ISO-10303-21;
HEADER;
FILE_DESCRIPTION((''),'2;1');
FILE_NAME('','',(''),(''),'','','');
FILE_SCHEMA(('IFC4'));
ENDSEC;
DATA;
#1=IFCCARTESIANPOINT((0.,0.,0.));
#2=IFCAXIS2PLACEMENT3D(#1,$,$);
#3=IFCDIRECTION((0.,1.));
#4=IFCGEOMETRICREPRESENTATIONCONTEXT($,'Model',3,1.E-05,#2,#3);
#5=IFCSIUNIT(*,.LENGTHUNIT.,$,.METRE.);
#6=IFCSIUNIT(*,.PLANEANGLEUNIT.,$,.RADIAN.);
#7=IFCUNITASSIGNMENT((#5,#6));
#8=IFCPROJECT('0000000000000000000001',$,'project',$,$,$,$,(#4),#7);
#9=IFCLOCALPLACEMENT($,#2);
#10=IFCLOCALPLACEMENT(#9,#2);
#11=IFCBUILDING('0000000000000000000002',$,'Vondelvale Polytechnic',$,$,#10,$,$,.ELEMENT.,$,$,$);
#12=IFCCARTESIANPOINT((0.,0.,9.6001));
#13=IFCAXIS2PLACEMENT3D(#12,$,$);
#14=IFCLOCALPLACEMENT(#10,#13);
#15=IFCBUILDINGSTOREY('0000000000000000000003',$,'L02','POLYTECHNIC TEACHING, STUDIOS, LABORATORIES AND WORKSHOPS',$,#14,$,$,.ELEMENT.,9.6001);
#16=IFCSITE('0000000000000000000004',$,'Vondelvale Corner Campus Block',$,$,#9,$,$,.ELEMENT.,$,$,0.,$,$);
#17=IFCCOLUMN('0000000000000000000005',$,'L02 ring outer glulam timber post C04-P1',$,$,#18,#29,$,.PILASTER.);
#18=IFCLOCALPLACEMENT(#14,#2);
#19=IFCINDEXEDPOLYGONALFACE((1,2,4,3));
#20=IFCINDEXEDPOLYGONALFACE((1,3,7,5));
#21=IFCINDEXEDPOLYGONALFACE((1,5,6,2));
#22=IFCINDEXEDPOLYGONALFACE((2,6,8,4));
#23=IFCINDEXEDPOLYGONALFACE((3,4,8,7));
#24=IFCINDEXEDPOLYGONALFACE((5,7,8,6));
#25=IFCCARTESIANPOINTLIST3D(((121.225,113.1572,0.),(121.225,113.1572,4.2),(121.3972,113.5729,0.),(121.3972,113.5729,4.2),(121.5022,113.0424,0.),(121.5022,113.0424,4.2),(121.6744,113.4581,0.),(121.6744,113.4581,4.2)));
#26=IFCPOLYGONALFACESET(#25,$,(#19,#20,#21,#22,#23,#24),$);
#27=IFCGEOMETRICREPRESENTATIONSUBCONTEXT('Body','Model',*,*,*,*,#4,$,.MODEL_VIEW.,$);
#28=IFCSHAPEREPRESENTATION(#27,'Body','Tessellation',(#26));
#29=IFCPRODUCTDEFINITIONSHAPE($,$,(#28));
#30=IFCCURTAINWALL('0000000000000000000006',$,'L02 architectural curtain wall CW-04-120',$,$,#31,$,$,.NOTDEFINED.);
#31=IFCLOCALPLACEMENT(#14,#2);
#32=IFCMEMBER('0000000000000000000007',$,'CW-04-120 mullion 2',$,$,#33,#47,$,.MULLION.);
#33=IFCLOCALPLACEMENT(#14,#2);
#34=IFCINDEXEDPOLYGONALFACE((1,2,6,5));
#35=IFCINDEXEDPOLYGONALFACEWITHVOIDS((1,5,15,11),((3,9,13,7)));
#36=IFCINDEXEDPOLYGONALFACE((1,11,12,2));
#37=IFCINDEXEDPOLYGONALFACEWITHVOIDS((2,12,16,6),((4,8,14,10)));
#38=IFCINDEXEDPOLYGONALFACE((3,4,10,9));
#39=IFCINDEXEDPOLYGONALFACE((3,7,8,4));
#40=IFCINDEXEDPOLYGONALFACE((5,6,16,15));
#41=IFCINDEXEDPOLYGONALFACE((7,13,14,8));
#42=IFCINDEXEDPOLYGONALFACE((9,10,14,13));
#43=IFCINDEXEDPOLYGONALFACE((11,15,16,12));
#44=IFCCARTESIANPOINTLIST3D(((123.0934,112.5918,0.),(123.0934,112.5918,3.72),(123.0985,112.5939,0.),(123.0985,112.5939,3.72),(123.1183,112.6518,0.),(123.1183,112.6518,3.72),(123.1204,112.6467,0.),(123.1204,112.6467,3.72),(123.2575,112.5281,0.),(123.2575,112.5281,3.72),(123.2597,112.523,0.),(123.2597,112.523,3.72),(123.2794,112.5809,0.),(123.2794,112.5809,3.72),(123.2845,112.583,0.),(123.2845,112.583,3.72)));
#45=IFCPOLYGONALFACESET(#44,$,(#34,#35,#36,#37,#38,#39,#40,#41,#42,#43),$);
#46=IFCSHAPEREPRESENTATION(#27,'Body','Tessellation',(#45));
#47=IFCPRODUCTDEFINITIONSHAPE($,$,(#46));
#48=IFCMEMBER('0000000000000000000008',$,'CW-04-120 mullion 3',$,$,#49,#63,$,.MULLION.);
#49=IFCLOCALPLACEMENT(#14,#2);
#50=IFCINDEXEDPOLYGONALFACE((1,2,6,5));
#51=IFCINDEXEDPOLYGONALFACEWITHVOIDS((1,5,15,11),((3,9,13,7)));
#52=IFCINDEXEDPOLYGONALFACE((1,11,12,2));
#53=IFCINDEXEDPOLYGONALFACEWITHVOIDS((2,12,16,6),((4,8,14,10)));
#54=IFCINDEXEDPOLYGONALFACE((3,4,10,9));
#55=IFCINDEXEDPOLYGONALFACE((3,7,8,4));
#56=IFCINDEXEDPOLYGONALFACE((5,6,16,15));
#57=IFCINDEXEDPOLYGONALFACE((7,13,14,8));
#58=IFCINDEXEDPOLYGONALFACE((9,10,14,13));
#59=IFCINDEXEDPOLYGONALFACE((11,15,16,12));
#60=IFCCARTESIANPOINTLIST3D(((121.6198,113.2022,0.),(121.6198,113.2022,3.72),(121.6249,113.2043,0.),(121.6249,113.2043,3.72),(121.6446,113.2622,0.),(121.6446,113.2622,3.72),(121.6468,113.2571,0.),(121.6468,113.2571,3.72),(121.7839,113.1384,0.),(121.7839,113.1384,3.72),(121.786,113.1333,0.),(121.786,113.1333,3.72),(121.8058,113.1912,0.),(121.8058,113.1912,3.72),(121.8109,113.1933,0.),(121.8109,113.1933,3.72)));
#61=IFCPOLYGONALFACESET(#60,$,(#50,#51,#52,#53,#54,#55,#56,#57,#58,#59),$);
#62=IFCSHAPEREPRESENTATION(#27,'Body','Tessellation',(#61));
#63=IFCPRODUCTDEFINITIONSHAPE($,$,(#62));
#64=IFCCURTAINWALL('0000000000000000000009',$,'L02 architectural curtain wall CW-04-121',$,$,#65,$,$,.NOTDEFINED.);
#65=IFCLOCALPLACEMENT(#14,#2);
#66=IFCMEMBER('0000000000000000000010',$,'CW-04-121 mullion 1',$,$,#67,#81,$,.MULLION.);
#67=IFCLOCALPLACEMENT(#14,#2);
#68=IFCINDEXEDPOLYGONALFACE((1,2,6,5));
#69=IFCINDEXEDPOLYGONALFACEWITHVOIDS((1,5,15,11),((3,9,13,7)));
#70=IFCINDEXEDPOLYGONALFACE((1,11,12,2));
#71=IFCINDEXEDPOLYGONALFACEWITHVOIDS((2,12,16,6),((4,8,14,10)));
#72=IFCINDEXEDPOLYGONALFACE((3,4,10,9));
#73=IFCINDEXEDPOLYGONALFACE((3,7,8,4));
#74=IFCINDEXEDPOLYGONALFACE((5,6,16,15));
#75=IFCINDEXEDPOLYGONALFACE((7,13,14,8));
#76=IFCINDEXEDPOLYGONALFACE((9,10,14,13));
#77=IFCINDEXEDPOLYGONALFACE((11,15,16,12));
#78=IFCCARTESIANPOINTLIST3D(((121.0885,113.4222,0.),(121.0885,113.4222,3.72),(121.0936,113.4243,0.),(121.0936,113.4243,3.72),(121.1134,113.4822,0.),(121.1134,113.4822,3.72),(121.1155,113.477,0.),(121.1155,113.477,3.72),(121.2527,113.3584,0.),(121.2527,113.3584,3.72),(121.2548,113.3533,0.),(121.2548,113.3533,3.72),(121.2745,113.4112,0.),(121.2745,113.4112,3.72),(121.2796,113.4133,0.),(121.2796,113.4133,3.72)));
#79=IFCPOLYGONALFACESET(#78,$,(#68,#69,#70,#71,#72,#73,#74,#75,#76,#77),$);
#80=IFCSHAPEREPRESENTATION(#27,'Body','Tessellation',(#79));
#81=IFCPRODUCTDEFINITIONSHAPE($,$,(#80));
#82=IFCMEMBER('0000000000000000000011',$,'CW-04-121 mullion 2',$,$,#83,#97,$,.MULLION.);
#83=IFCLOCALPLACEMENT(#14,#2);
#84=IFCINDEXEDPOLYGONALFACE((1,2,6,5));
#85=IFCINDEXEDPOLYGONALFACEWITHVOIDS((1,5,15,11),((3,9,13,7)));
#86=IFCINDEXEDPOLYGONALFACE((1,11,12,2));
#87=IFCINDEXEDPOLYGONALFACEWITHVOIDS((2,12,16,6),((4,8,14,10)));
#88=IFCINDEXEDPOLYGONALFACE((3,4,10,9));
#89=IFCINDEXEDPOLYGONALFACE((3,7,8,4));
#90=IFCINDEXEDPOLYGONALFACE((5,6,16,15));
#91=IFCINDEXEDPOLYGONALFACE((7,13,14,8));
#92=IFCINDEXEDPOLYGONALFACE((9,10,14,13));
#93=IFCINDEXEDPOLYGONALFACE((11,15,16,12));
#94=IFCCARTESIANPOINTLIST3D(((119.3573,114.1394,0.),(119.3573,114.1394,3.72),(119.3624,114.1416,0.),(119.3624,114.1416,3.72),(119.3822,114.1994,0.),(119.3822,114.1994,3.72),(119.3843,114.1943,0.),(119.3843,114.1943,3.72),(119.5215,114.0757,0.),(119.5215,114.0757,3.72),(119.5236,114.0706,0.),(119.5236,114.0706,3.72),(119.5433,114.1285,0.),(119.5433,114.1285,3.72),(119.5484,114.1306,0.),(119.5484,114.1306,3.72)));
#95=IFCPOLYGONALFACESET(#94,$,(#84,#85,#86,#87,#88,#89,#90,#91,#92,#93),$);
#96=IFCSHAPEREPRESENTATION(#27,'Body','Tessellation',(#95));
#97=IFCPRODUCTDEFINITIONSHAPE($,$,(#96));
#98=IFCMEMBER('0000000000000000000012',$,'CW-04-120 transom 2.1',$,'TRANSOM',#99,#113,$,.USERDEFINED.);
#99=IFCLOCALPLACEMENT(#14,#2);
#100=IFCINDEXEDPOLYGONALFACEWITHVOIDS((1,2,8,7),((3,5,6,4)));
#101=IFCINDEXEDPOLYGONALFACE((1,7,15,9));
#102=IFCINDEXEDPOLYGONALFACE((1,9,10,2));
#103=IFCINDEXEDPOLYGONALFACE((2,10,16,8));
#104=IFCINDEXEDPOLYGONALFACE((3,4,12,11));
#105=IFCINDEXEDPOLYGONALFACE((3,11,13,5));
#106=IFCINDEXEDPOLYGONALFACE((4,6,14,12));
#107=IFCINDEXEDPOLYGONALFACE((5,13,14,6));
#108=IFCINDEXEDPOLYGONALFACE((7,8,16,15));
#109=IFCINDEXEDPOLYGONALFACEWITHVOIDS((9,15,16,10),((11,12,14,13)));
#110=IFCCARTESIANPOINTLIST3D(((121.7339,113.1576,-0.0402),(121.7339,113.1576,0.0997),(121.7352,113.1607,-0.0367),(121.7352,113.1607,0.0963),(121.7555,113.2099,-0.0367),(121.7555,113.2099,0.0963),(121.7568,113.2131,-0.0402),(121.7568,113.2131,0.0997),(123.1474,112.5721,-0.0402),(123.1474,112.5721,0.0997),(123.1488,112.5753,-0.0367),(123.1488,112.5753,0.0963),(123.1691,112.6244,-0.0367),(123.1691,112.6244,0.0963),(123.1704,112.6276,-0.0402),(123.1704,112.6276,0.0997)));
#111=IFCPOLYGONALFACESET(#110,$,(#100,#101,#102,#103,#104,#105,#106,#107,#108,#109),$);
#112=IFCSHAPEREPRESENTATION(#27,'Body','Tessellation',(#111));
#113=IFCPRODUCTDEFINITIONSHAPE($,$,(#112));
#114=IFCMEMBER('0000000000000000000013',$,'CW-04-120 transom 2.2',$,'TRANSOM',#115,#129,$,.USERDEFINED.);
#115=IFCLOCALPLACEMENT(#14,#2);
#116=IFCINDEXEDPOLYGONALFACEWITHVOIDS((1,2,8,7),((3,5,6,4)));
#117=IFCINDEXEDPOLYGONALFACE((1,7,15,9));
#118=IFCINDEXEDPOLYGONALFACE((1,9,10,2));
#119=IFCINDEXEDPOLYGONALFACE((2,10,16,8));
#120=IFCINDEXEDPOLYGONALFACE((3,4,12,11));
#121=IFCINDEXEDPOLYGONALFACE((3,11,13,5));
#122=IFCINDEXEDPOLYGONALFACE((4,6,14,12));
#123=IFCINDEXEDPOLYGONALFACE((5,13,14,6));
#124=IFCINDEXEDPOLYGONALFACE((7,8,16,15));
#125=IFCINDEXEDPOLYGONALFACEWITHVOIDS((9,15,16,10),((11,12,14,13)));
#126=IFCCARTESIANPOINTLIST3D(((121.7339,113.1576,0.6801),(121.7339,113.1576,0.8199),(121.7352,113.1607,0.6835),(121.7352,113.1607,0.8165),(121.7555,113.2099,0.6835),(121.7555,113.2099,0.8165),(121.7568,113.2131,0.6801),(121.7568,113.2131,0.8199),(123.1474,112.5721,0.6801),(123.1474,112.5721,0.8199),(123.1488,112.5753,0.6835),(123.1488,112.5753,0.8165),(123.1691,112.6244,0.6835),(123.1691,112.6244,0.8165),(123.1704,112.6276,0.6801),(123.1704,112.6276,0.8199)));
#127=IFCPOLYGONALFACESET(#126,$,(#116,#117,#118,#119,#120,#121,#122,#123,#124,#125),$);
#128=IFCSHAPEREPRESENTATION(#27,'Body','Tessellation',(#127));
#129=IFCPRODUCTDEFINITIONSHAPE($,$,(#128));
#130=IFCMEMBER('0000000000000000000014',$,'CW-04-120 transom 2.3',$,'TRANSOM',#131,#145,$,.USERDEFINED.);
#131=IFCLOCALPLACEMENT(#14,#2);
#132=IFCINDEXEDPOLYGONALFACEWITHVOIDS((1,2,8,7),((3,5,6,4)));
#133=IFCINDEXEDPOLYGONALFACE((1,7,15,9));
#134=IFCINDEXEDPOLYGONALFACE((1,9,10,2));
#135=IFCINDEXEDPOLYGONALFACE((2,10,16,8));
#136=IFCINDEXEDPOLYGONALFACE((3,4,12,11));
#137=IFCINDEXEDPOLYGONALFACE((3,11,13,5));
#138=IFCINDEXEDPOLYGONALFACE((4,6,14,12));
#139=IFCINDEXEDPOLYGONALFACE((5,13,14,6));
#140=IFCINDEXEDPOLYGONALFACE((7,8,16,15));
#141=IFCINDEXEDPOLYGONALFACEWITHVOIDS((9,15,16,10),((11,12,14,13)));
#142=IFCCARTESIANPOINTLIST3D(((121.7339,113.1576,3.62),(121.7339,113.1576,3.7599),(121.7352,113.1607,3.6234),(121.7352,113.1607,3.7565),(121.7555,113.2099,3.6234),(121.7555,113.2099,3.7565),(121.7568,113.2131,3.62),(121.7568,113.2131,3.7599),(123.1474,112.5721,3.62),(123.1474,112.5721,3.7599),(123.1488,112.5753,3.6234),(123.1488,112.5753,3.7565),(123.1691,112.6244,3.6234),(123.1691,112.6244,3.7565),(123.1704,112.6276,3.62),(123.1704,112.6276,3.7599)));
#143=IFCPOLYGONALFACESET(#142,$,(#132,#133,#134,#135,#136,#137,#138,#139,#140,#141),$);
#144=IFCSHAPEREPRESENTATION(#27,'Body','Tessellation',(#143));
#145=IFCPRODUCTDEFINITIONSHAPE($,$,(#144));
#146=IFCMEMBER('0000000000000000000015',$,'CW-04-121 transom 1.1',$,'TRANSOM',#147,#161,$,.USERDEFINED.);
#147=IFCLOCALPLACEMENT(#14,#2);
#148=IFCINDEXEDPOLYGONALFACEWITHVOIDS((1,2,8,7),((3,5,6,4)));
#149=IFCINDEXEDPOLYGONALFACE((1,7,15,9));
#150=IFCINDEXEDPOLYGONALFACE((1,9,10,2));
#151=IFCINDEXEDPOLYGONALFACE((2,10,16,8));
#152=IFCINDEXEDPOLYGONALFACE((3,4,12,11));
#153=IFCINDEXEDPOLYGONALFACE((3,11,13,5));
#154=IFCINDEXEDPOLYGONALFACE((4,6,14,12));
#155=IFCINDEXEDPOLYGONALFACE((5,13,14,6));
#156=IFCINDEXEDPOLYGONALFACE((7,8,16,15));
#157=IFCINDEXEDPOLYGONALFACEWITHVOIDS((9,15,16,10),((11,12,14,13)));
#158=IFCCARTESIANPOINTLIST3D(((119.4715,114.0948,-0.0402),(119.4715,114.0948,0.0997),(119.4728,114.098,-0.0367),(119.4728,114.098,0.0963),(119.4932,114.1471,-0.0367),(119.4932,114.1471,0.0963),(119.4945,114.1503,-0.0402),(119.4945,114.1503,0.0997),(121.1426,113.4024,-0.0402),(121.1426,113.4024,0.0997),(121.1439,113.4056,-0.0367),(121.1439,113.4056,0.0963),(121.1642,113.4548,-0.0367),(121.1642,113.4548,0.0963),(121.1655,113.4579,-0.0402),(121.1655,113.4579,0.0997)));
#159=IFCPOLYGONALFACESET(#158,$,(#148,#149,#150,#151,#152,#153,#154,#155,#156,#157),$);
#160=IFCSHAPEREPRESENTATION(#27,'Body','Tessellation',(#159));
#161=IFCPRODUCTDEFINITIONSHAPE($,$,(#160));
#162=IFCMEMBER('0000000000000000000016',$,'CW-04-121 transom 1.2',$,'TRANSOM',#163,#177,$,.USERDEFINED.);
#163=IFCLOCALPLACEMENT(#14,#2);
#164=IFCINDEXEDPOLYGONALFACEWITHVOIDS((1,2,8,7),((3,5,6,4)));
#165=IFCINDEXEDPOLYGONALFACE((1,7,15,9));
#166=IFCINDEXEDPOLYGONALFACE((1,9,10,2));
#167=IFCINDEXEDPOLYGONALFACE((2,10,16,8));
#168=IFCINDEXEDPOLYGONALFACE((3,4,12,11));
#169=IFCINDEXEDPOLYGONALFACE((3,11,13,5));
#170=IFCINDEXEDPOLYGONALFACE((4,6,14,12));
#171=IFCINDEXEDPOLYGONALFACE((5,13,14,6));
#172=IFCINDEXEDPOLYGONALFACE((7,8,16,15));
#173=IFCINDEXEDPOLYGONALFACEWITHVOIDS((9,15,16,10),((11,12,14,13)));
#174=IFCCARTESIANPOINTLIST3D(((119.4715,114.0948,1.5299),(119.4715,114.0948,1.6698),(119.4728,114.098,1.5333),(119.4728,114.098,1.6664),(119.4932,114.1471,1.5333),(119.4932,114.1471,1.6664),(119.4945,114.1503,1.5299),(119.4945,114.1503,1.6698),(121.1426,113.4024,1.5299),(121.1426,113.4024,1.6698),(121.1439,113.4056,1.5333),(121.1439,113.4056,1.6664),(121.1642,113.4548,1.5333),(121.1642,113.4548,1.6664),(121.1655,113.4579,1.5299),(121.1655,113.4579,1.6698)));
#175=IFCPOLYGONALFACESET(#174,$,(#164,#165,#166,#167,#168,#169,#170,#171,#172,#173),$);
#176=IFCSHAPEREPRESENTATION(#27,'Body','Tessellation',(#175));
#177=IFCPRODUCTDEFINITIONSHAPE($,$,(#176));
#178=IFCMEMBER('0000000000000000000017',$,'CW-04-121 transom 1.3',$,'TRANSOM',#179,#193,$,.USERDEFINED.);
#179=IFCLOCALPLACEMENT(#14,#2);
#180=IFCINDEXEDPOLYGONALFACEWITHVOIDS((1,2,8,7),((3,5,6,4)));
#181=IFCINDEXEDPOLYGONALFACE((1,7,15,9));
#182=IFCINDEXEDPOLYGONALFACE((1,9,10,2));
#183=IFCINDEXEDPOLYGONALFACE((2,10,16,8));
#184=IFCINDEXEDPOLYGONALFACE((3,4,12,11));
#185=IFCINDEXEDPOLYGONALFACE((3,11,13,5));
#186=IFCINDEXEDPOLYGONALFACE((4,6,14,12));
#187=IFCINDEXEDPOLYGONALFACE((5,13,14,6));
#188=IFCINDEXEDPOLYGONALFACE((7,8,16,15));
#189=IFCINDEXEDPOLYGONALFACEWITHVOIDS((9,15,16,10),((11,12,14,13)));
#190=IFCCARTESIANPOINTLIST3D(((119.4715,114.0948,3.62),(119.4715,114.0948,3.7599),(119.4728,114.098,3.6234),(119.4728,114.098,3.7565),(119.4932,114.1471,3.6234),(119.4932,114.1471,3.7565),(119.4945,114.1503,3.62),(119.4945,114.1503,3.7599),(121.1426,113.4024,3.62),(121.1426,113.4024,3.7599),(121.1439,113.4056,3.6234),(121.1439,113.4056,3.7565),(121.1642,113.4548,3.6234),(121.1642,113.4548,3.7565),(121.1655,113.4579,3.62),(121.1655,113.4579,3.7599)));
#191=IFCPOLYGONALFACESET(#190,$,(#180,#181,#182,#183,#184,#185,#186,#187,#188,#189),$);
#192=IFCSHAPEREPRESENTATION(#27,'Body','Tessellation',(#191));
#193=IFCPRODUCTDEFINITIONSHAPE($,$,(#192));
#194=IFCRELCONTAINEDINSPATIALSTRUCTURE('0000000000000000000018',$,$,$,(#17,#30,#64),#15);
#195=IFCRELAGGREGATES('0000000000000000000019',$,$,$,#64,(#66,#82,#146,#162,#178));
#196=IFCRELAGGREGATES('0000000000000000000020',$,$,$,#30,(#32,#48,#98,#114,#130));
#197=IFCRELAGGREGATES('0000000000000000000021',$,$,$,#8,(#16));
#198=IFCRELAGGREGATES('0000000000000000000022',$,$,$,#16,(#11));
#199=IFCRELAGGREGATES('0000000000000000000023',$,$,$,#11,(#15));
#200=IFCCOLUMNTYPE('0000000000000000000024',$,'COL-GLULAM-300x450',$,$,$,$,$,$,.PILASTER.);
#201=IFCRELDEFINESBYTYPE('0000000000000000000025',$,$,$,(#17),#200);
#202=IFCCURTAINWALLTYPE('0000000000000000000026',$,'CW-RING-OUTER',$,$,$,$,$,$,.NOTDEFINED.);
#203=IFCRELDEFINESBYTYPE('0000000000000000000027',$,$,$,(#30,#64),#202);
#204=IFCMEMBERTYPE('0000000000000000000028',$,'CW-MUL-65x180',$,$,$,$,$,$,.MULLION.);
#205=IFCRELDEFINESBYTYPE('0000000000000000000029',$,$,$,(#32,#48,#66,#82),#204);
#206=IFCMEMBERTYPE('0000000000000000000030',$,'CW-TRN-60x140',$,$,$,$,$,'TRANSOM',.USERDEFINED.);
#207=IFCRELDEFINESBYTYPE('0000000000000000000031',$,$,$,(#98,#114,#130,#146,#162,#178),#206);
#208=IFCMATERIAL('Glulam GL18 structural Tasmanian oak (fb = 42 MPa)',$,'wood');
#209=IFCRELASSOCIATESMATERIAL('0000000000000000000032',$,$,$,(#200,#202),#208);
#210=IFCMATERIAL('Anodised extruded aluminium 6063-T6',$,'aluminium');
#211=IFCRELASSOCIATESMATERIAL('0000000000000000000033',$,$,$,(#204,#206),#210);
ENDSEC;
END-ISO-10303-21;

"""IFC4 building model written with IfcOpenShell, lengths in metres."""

from ifc_helpers import new_model, si_unit, direction, frame, origin, origin_2d, place, context, subcontext, project, spatial, rectangle, hollow_rectangle, extrude, material, material_profile, profile_set, type_object, element, aggregate, save


model = new_model("IFC4")

# Units and contexts
model_context = context("Model", 3, precision=1e-05, world=origin(), true_north=direction((0.0, 1.0)))
body_context = subcontext(model_context, "Body", "Model", "MODEL_VIEW")
ifc_project = project(units=[si_unit("LENGTHUNIT", "METRE"), si_unit("PLANEANGLEUNIT", "RADIAN")], contexts=[model_context])

# Site, building, storey
site_placement = place(None, origin())
site = spatial("IfcSite", under=ifc_project, at=site_placement, Name="Vondelvale Corner Campus Block", CompositionType="ELEMENT", RefElevation=0.0)
building_placement = place(site_placement, origin())
building = spatial("IfcBuilding", under=site, at=building_placement, Name="Vondelvale Polytechnic", CompositionType="ELEMENT")
storey_placement = place(building_placement, frame((0.0, 0.0, 9.6001)))
storey = spatial("IfcBuildingStorey", under=building, at=storey_placement, Name="L02", Description="POLYTECHNIC TEACHING, STUDIOS, LABORATORIES AND WORKSHOPS", CompositionType="ELEMENT", Elevation=9.6001)

# Column
ifc_material_1 = material(Name="Glulam GL18 structural Tasmanian oak (fb = 42 MPa)", Category="wood")
ifc_material_profile_1 = material_profile(ifc_material_1, rectangle(XDim=0.3, YDim=0.45, at=origin_2d()), Name="GL-POST-300x450")
ifc_profile_set_1 = profile_set([ifc_material_profile_1], Name="Glulam GL18 structural Tasmanian oak (fb = 42 MPa)")
column_type = type_object("IfcColumnType", Name="COL-GLULAM-300x450", PredefinedType="PILASTER", material=ifc_profile_set_1)
column_placement = place(storey_placement, frame((121.4497, 113.3076, 0.0), z_axis=(0.0, 0.0, 1.0), x_axis=(-0.92388, 0.382683, 0.0)))
element("IfcColumn", 1, at=column_placement, inside=storey, type_object=column_type, Name="L02 ring outer glulam timber post C04-P1", PredefinedType="PILASTER", context=body_context, shape_type="SweptSolid", body=[
    extrude(rectangle(XDim=0.3, YDim=0.45, at=origin_2d()), origin(), (0.0, 0.0, 1.0), 4.2),
])

# Curtain walls, members
curtain_wall_type = type_object("IfcCurtainWallType", Name="CW-RING-OUTER", PredefinedType="NOTDEFINED", material=ifc_material_1)
curtain_wall_1_placement = place(storey_placement, origin())
curtain_wall_1 = element("IfcCurtainWall", 2, at=curtain_wall_1_placement, inside=storey, type_object=curtain_wall_type, Name="L02 architectural curtain wall CW-04-120", PredefinedType="NOTDEFINED")
ifc_material_2 = material(Name="Anodised extruded aluminium 6063-T6", Category="aluminium")
ifc_material_profile_2 = material_profile(ifc_material_2, hollow_rectangle(XDim=0.0649, YDim=0.1799, WallThickness=0.0039, at=origin_2d()), Name="CW-MUL-180x65")
ifc_profile_set_2 = profile_set([ifc_material_profile_2], Name="Anodised extruded aluminium 6063-T6")
member_type_1 = type_object("IfcMemberType", Name="CW-MUL-65x180", PredefinedType="MULLION", material=ifc_profile_set_2)
member_1_placement = place(storey_placement, frame((123.189, 112.5874, 0.0), z_axis=(0.0, 0.0, 1.0), x_axis=(-0.382677, -0.923882, 0.0)))
member_1 = element("IfcMember", 3, at=member_1_placement, type_object=member_type_1, Name="CW-04-120 mullion 2", PredefinedType="MULLION", context=body_context, shape_type="SweptSolid", body=[
    extrude(hollow_rectangle(XDim=0.0649, YDim=0.1799, WallThickness=0.0039, at=origin_2d()), origin(), (0.0, 0.0, 1.0), 3.72),
])
member_2_placement = place(storey_placement, frame((121.7153, 113.1978, 0.0), z_axis=(0.0, 0.0, 1.0), x_axis=(-0.382677, -0.923882, 0.0)))
member_2 = element("IfcMember", 4, at=member_2_placement, type_object=member_type_1, Name="CW-04-120 mullion 3", PredefinedType="MULLION", context=body_context, shape_type="SweptSolid", body=[
    extrude(hollow_rectangle(XDim=0.0649, YDim=0.1799, WallThickness=0.0039, at=origin_2d()), origin(), (0.0, 0.0, 1.0), 3.72),
])
curtain_wall_2_placement = place(storey_placement, origin())
curtain_wall_2 = element("IfcCurtainWall", 5, at=curtain_wall_2_placement, inside=storey, type_object=curtain_wall_type, Name="L02 architectural curtain wall CW-04-121", PredefinedType="NOTDEFINED")
member_3_placement = place(storey_placement, frame((121.1841, 113.4177, 0.0), z_axis=(0.0, 0.0, 1.0), x_axis=(-0.382695, -0.923875, 0.0)))
member_3 = element("IfcMember", 6, at=member_3_placement, type_object=member_type_1, Name="CW-04-121 mullion 1", PredefinedType="MULLION", context=body_context, shape_type="SweptSolid", body=[
    extrude(hollow_rectangle(XDim=0.0649, YDim=0.1799, WallThickness=0.0039, at=origin_2d()), origin(), (0.0, 0.0, 1.0), 3.72),
])
member_4_placement = place(storey_placement, frame((119.4529, 114.135, 0.0), z_axis=(0.0, 0.0, 1.0), x_axis=(-0.382695, -0.923875, 0.0)))
member_4 = element("IfcMember", 7, at=member_4_placement, type_object=member_type_1, Name="CW-04-121 mullion 2", PredefinedType="MULLION", context=body_context, shape_type="SweptSolid", body=[
    extrude(hollow_rectangle(XDim=0.0649, YDim=0.1799, WallThickness=0.0039, at=origin_2d()), origin(), (0.0, 0.0, 1.0), 3.72),
])

# Members
ifc_material_profile_3 = material_profile(ifc_material_2, hollow_rectangle(XDim=0.0601, YDim=0.1399, WallThickness=0.0034, at=origin_2d()), Name="CW-TRN-140x60")
ifc_profile_set_3 = profile_set([ifc_material_profile_3], Name="Anodised extruded aluminium 6063-T6")
member_type_2 = type_object("IfcMemberType", Name="CW-TRN-60x140", ElementType="TRANSOM", PredefinedType="USERDEFINED", material=ifc_profile_set_3)
member_5_placement = place(storey_placement, frame((123.1589, 112.5999, 0.0298), z_axis=(-0.923896, 0.382643, 0.0), x_axis=(-0.382643, -0.923896, 0.0)))
member_5 = element("IfcMember", 8, at=member_5_placement, type_object=member_type_2, Name="CW-04-120 transom 2.1", ObjectType="TRANSOM", PredefinedType="USERDEFINED", context=body_context, shape_type="SweptSolid", body=[
    extrude(hollow_rectangle(XDim=0.0601, YDim=0.1399, WallThickness=0.0034, at=origin_2d()), origin(), (0.0, 0.0, 1.0), 1.53),
])
member_6_placement = place(storey_placement, frame((123.1589, 112.5999, 0.75), z_axis=(-0.923896, 0.382643, 0.0), x_axis=(-0.382643, -0.923896, 0.0)))
member_6 = element("IfcMember", 9, at=member_6_placement, type_object=member_type_2, Name="CW-04-120 transom 2.2", ObjectType="TRANSOM", PredefinedType="USERDEFINED", context=body_context, shape_type="SweptSolid", body=[
    extrude(hollow_rectangle(XDim=0.0601, YDim=0.1399, WallThickness=0.0034, at=origin_2d()), origin(), (0.0, 0.0, 1.0), 1.53),
])
member_7_placement = place(storey_placement, frame((123.1589, 112.5999, 3.6899), z_axis=(-0.923896, 0.382643, 0.0), x_axis=(-0.382643, -0.923896, 0.0)))
member_7 = element("IfcMember", 10, at=member_7_placement, type_object=member_type_2, Name="CW-04-120 transom 2.3", ObjectType="TRANSOM", PredefinedType="USERDEFINED", context=body_context, shape_type="SweptSolid", body=[
    extrude(hollow_rectangle(XDim=0.0601, YDim=0.1399, WallThickness=0.0034, at=origin_2d()), origin(), (0.0, 0.0, 1.0), 1.53),
])
member_8_placement = place(storey_placement, frame((121.1541, 113.4302, 0.0298), z_axis=(-0.923846, 0.382765, 0.0), x_axis=(-0.382765, -0.923846, 0.0)))
member_8 = element("IfcMember", 11, at=member_8_placement, type_object=member_type_2, Name="CW-04-121 transom 1.1", ObjectType="TRANSOM", PredefinedType="USERDEFINED", context=body_context, shape_type="SweptSolid", body=[
    extrude(hollow_rectangle(XDim=0.0601, YDim=0.1399, WallThickness=0.0034, at=origin_2d()), origin(), (0.0, 0.0, 1.0), 1.8088),
])
member_9_placement = place(storey_placement, frame((121.1541, 113.4302, 1.5999), z_axis=(-0.923846, 0.382765, 0.0), x_axis=(-0.382765, -0.923846, 0.0)))
member_9 = element("IfcMember", 12, at=member_9_placement, type_object=member_type_2, Name="CW-04-121 transom 1.2", ObjectType="TRANSOM", PredefinedType="USERDEFINED", context=body_context, shape_type="SweptSolid", body=[
    extrude(hollow_rectangle(XDim=0.0601, YDim=0.1399, WallThickness=0.0034, at=origin_2d()), origin(), (0.0, 0.0, 1.0), 1.8088),
])
member_10_placement = place(storey_placement, frame((121.1541, 113.4302, 3.6899), z_axis=(-0.923846, 0.382765, 0.0), x_axis=(-0.382765, -0.923846, 0.0)))
member_10 = element("IfcMember", 13, at=member_10_placement, type_object=member_type_2, Name="CW-04-121 transom 1.3", ObjectType="TRANSOM", PredefinedType="USERDEFINED", context=body_context, shape_type="SweptSolid", body=[
    extrude(hollow_rectangle(XDim=0.0601, YDim=0.1399, WallThickness=0.0034, at=origin_2d()), origin(), (0.0, 0.0, 1.0), 1.8088),
])

aggregate(curtain_wall_2, [member_3, member_4, member_8, member_9, member_10])
aggregate(curtain_wall_1, [member_1, member_2, member_5, member_6, member_7])

save(model, "model.ifc")
